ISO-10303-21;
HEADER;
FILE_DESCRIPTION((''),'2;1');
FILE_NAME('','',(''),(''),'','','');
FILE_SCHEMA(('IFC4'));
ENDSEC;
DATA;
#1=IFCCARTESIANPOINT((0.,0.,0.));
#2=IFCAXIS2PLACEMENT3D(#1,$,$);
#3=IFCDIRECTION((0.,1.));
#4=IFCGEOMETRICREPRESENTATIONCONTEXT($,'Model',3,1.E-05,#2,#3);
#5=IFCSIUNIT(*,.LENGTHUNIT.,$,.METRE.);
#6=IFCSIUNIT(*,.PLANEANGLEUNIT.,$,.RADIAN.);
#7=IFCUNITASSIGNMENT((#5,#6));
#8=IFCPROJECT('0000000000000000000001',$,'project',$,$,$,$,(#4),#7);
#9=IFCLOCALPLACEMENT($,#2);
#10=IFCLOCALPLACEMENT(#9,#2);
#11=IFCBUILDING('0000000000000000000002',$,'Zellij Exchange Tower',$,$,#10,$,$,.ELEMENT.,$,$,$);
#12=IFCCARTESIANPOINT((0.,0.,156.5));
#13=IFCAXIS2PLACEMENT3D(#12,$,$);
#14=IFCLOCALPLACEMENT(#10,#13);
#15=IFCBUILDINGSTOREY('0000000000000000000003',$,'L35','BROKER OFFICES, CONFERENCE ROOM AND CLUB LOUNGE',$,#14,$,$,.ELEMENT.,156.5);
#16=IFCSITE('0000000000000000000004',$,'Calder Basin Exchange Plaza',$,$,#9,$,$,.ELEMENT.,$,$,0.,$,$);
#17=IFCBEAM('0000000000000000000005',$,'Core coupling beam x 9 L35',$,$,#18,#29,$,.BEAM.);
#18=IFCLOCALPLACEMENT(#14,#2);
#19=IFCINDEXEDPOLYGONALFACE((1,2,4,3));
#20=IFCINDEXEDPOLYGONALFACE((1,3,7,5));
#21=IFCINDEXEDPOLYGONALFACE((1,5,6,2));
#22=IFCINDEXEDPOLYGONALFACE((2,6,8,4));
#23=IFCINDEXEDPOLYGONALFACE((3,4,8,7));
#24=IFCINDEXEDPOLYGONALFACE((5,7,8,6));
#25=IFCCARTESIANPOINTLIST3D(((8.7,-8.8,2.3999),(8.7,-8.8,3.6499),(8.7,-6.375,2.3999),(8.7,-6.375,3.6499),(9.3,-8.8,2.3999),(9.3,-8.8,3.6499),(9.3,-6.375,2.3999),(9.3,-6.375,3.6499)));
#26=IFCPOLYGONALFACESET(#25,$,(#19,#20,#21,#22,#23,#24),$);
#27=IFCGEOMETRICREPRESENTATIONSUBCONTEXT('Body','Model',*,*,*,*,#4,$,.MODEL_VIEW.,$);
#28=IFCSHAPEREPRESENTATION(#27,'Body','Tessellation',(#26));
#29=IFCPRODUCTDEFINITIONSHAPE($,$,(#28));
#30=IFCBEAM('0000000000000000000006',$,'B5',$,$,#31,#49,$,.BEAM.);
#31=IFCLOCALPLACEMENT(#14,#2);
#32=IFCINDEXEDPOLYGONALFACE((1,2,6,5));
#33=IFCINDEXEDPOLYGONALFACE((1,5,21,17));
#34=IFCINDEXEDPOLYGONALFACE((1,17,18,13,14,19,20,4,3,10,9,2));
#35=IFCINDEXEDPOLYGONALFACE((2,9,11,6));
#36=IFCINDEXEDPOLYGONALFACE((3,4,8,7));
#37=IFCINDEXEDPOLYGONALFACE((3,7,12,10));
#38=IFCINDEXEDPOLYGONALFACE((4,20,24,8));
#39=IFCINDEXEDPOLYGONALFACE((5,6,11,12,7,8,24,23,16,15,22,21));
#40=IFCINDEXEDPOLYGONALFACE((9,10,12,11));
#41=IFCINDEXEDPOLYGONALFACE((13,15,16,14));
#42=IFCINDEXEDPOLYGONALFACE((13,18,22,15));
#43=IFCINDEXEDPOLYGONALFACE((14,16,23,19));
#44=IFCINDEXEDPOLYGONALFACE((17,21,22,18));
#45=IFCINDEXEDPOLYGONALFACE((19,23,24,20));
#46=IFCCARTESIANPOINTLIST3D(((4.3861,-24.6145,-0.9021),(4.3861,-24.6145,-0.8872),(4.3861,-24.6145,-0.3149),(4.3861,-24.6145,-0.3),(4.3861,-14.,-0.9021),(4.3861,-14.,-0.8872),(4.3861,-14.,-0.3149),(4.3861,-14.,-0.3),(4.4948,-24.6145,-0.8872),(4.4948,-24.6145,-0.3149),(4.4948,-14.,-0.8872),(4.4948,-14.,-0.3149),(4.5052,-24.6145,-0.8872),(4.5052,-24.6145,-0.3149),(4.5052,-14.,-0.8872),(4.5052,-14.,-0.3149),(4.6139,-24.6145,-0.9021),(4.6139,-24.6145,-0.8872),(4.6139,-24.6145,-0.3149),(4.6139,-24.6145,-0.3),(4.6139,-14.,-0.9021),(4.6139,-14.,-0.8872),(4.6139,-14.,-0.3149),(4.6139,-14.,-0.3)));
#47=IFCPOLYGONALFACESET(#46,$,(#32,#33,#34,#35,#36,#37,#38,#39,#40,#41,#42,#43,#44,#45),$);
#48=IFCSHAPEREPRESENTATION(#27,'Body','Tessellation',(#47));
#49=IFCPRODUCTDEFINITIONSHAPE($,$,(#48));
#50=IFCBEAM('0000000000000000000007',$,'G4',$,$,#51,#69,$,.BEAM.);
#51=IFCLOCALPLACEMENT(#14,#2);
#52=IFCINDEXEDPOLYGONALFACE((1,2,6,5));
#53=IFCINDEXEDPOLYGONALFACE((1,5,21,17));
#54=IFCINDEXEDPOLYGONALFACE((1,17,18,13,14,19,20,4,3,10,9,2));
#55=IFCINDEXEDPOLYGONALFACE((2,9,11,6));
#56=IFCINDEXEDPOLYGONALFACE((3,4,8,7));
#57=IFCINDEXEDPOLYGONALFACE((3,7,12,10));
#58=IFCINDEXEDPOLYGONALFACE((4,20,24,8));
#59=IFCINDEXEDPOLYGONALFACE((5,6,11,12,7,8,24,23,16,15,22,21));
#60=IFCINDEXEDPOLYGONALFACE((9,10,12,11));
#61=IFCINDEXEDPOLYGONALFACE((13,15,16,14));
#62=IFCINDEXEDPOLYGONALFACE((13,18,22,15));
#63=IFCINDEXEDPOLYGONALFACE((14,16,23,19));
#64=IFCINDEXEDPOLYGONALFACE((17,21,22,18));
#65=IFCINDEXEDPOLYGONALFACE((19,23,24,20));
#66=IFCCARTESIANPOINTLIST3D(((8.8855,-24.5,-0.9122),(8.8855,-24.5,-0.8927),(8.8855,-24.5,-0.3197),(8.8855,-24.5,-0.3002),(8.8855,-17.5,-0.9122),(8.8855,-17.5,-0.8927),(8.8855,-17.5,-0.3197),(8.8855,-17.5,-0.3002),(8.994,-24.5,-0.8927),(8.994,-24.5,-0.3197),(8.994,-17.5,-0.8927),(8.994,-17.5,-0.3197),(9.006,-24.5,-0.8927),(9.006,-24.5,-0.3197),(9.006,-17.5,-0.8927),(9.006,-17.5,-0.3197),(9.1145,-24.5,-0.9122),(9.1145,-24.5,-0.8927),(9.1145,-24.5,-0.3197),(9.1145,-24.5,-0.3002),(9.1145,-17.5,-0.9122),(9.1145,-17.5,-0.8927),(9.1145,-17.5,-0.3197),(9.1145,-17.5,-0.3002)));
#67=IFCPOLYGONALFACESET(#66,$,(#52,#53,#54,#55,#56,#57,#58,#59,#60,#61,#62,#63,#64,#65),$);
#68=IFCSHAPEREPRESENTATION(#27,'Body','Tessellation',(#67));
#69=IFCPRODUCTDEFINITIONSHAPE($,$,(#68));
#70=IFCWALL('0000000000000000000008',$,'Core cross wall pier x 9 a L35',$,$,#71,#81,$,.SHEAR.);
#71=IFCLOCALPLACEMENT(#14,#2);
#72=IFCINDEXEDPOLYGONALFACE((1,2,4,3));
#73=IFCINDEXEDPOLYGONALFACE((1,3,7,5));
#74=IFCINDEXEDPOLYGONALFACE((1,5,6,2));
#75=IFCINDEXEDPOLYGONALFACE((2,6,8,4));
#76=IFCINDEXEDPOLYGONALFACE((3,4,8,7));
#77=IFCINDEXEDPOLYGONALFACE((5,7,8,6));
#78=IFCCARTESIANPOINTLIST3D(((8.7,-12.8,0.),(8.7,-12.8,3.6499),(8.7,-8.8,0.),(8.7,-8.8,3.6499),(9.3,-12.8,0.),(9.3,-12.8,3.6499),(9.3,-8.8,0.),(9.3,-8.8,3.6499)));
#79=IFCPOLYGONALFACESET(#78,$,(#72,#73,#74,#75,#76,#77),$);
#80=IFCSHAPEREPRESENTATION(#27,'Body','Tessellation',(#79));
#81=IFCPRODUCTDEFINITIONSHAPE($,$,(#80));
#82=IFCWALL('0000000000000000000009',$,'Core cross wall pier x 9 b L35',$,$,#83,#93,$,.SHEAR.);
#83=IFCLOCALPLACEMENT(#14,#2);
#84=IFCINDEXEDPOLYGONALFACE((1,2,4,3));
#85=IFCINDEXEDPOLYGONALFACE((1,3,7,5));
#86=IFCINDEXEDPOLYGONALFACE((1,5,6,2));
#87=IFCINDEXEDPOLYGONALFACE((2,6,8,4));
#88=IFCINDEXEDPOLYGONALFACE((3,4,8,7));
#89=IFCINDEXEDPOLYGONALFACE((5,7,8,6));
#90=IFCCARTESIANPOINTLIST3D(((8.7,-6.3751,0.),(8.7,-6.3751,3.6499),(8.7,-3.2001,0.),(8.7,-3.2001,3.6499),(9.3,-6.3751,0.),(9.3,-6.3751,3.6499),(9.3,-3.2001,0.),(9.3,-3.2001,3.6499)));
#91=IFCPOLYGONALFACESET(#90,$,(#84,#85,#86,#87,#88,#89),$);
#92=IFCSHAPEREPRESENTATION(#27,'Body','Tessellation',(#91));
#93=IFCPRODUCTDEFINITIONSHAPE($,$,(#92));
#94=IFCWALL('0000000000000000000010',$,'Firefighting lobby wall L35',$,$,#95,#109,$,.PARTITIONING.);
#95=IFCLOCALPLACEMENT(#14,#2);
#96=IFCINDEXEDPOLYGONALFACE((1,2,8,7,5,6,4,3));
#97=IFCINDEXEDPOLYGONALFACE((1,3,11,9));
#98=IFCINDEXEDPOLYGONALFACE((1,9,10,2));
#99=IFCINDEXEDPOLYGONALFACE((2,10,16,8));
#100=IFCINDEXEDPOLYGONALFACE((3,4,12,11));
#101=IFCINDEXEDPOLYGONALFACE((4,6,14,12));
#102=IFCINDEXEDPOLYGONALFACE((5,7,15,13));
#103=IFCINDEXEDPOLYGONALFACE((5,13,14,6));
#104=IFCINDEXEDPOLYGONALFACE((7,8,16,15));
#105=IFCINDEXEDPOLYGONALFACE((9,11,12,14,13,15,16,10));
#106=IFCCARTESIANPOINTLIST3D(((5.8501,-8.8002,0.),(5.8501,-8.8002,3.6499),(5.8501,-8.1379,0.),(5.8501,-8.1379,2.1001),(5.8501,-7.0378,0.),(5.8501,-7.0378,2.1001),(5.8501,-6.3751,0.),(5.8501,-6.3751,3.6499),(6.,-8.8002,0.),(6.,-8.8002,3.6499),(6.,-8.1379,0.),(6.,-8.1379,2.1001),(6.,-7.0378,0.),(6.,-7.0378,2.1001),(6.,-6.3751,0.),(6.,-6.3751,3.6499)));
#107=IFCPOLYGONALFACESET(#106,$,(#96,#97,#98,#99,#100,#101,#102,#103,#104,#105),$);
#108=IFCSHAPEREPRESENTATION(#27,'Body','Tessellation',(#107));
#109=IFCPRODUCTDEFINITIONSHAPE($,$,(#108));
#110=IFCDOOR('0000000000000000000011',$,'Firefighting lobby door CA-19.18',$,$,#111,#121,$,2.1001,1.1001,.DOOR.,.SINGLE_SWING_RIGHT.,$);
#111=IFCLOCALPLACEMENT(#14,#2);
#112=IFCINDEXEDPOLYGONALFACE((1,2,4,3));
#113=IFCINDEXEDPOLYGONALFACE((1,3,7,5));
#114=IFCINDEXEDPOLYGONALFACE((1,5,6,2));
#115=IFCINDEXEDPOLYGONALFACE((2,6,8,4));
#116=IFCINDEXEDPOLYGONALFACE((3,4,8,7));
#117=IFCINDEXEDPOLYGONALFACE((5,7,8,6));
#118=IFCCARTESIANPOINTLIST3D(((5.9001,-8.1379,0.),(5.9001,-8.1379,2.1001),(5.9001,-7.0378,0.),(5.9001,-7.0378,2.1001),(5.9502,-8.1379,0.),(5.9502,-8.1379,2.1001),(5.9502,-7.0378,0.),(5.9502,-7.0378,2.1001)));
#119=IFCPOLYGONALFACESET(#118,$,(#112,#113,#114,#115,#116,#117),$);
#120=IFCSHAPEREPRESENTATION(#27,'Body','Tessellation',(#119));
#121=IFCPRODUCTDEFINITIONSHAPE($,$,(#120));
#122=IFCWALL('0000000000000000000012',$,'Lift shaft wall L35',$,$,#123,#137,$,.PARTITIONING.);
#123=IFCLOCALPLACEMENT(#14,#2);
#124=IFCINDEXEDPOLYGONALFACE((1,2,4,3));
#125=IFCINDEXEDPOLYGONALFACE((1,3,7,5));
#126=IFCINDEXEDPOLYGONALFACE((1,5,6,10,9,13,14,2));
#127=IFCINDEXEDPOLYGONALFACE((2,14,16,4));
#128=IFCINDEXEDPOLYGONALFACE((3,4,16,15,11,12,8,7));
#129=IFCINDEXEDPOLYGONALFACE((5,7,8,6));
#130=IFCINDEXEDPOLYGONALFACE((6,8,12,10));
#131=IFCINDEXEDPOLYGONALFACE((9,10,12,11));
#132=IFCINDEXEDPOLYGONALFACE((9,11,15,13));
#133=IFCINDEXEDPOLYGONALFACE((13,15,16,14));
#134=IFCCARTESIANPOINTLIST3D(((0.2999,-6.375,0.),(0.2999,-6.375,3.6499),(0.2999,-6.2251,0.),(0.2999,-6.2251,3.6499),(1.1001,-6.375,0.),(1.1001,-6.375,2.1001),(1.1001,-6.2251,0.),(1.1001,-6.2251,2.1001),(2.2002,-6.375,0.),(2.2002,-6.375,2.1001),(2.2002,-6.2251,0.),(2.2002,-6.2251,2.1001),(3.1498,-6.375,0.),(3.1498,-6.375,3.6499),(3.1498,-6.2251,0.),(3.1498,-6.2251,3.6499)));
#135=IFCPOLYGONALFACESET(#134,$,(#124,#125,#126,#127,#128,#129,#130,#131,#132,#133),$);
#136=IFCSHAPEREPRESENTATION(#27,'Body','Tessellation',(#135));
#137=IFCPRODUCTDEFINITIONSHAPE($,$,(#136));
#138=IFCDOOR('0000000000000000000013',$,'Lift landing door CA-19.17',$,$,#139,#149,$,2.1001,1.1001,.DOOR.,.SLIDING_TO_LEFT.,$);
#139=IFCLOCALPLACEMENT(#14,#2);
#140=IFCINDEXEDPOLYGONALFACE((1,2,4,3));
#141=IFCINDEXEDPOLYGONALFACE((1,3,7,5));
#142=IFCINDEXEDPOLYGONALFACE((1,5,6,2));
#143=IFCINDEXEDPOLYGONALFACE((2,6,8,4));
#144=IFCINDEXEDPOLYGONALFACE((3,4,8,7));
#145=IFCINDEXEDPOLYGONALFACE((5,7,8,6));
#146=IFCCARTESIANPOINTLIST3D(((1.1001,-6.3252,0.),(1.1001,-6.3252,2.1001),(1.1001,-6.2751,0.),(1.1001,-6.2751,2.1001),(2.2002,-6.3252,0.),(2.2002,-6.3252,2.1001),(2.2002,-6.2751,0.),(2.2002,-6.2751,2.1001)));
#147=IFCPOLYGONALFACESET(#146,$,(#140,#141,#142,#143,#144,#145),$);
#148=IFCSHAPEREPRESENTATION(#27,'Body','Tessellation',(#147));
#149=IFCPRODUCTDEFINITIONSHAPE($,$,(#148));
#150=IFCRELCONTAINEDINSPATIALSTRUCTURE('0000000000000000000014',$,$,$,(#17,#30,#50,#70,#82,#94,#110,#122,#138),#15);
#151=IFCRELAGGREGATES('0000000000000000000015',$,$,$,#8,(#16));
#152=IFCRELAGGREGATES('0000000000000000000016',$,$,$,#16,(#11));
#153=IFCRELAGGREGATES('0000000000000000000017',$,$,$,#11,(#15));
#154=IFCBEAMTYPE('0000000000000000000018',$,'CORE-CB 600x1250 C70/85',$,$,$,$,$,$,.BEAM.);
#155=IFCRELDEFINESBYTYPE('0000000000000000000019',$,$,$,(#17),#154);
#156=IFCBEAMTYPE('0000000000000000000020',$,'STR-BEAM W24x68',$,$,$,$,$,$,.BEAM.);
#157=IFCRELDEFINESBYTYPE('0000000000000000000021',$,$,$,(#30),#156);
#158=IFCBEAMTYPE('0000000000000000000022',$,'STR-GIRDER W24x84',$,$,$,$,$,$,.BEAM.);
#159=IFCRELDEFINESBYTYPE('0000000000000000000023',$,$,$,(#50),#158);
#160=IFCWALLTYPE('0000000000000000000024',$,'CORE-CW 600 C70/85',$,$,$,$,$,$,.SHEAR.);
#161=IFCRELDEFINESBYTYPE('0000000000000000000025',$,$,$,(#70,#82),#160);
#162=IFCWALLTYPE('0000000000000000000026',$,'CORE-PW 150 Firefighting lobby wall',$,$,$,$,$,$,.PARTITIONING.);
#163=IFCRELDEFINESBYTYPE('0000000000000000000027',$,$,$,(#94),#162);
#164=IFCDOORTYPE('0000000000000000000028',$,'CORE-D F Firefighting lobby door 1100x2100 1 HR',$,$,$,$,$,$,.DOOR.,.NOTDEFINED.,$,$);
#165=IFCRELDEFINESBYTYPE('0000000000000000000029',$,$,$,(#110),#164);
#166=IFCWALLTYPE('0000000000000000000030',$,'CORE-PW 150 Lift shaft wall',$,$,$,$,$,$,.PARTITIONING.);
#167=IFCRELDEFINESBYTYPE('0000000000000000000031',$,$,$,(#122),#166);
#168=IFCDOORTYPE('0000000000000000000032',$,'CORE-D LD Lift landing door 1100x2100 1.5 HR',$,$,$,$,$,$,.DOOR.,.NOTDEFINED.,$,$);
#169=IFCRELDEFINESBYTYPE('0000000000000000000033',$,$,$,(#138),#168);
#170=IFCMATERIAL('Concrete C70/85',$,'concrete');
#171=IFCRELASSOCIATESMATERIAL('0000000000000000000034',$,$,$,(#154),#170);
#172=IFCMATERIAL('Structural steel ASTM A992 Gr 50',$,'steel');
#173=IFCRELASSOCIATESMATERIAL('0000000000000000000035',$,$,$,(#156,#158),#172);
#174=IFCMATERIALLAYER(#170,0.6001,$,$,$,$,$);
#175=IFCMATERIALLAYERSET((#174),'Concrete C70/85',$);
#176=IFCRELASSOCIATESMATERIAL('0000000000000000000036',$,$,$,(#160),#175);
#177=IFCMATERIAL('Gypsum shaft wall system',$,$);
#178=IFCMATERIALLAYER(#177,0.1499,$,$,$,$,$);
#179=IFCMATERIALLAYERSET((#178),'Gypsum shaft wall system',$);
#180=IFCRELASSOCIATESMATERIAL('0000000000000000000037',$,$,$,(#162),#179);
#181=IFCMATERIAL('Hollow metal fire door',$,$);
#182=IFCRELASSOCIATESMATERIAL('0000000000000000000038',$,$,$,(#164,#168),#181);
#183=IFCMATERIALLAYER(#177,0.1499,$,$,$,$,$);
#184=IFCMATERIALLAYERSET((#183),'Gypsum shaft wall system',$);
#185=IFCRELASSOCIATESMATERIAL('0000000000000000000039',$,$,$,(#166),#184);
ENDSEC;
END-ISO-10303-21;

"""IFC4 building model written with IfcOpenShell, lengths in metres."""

from ifc_helpers import new_model, si_unit, direction, frame, frame_2d, origin, origin_2d, place, context, subcontext, project, spatial, rectangle, i_section, extrude, material, layer, layer_set, material_profile, profile_set, type_object, element, fill, save


model = new_model("IFC4")

# Units and contexts
model_context = context("Model", 3, precision=1e-05, world=origin(), true_north=direction((0.0, 1.0)))
body_context = subcontext(model_context, "Body", "Model", "MODEL_VIEW")
ifc_project = project(units=[si_unit("LENGTHUNIT", "METRE"), si_unit("PLANEANGLEUNIT", "RADIAN")], contexts=[model_context])

# Site, building, storey
site_placement = place(None, origin())
site = spatial("IfcSite", under=ifc_project, at=site_placement, Name="Calder Basin Exchange Plaza", CompositionType="ELEMENT", RefElevation=0.0)
building_placement = place(site_placement, origin())
building = spatial("IfcBuilding", under=site, at=building_placement, Name="Zellij Exchange Tower", CompositionType="ELEMENT")
storey_placement = place(building_placement, frame((0.0, 0.0, 156.5)))
storey = spatial("IfcBuildingStorey", under=building, at=storey_placement, Name="L35", Description="BROKER OFFICES, CONFERENCE ROOM AND CLUB LOUNGE", CompositionType="ELEMENT", Elevation=156.5)

# Beams
ifc_material_1 = material(Name="Concrete C70/85", Category="concrete")
ifc_material_profile_1 = material_profile(ifc_material_1, rectangle(XDim=0.6001, YDim=1.25, at=origin_2d()), Name="CORE-CB 600x1250 C70/85")
ifc_profile_set_1 = profile_set([ifc_material_profile_1], Name="Concrete C70/85")
beam_type_1 = type_object("IfcBeamType", Name="CORE-CB 600x1250 C70/85", PredefinedType="BEAM", material=ifc_profile_set_1)
beam_1_placement = place(storey_placement, frame((9.0, -8.8, 3.0249), z_axis=(0.0, 1.0, 0.0), x_axis=(-1.0, 0.0, 0.0)))
element("IfcBeam", 1, at=beam_1_placement, inside=storey, type_object=beam_type_1, Name="Core coupling beam x 9 L35", PredefinedType="BEAM", context=body_context, shape_type="SweptSolid", body=[
    extrude(rectangle(XDim=0.6001, YDim=1.25, at=origin_2d()), origin(), (0.0, 0.0, 1.0), 2.425),
])
ifc_material_2 = material(Name="Structural steel ASTM A992 Gr 50", Category="steel")
ifc_material_profile_2 = material_profile(ifc_material_2, i_section(OverallWidth=0.2278, OverallDepth=0.6021, WebThickness=0.0105, FlangeThickness=0.0149, at=origin_2d()), Name="W24x68")
ifc_profile_set_2 = profile_set([ifc_material_profile_2], Name="Structural steel ASTM A992 Gr 50")
beam_type_2 = type_object("IfcBeamType", Name="STR-BEAM W24x68", PredefinedType="BEAM", material=ifc_profile_set_2)
beam_2_placement = place(storey_placement, frame((4.5, -24.6145, -0.6011), z_axis=(0.0, 1.0, 0.0), x_axis=(-1.0, 0.0, 0.0)))
element("IfcBeam", 2, at=beam_2_placement, inside=storey, type_object=beam_type_2, Name="B5", PredefinedType="BEAM", context=body_context, shape_type="SweptSolid", body=[
    extrude(i_section(OverallWidth=0.2278, OverallDepth=0.6021, WebThickness=0.0105, FlangeThickness=0.0149, at=origin_2d()), origin(), (0.0, 0.0, 1.0), 10.6145),
])
ifc_material_profile_3 = material_profile(ifc_material_2, i_section(OverallWidth=0.229, OverallDepth=0.6121, WebThickness=0.012, FlangeThickness=0.0195, at=origin_2d()), Name="W24x84")
ifc_profile_set_3 = profile_set([ifc_material_profile_3], Name="Structural steel ASTM A992 Gr 50")
beam_type_3 = type_object("IfcBeamType", Name="STR-GIRDER W24x84", PredefinedType="BEAM", material=ifc_profile_set_3)
beam_3_placement = place(storey_placement, frame((9.0, -24.5, -0.6062), z_axis=(0.0, 1.0, 0.0), x_axis=(-1.0, 0.0, 0.0)))
element("IfcBeam", 3, at=beam_3_placement, inside=storey, type_object=beam_type_3, Name="G4", PredefinedType="BEAM", context=body_context, shape_type="SweptSolid", body=[
    extrude(i_section(OverallWidth=0.229, OverallDepth=0.6121, WebThickness=0.012, FlangeThickness=0.0195, at=origin_2d()), origin(), (0.0, 0.0, 1.0), 7.0),
])

# Walls
ifc_layer_1 = layer(ifc_material_1, 0.6001)
ifc_layer_set_1 = layer_set([ifc_layer_1], Name="Concrete C70/85")
wall_type_1 = type_object("IfcWallType", Name="CORE-CW 600 C70/85", PredefinedType="SHEAR", material=ifc_layer_set_1)
wall_1_placement = place(storey_placement, frame((9.0, -12.8, 0.0), z_axis=(0.0, 0.0, 1.0), x_axis=(0.0, 1.0, 0.0)))
element("IfcWall", 4, at=wall_1_placement, inside=storey, type_object=wall_type_1, Name="Core cross wall pier x 9 a L35", PredefinedType="SHEAR", context=body_context, shape_type="SweptSolid", body=[
    extrude(rectangle(XDim=4.0, YDim=0.6001, at=frame_2d((2.0, 0.0))), origin(), (0.0, 0.0, 1.0), 3.6499),
])
wall_2_placement = place(storey_placement, frame((9.0, -6.375, 0.0), z_axis=(0.0, 0.0, 1.0), x_axis=(0.0, 1.0, 0.0)))
element("IfcWall", 5, at=wall_2_placement, inside=storey, type_object=wall_type_1, Name="Core cross wall pier x 9 b L35", PredefinedType="SHEAR", context=body_context, shape_type="SweptSolid", body=[
    extrude(rectangle(XDim=3.175, YDim=0.6001, at=frame_2d((1.5874, 0.0))), origin(), (0.0, 0.0, 1.0), 3.6499),
])

# Walls, openings, doors
ifc_material_3 = material(Name="Gypsum shaft wall system")
ifc_layer_2 = layer(ifc_material_3, 0.1499)
ifc_layer_set_2 = layer_set([ifc_layer_2], Name="Gypsum shaft wall system")
wall_type_2 = type_object("IfcWallType", Name="CORE-PW 150 Firefighting lobby wall", PredefinedType="PARTITIONING", material=ifc_layer_set_2)
wall_3_placement = place(storey_placement, frame((5.925, -8.8, 0.0), z_axis=(0.0, 0.0, 1.0), x_axis=(0.0, 1.0, 0.0)))
wall_3 = element("IfcWall", 6, at=wall_3_placement, inside=storey, type_object=wall_type_2, Name="Firefighting lobby wall L35", PredefinedType="PARTITIONING", context=body_context, shape_type="SweptSolid", body=[
    extrude(rectangle(XDim=2.425, YDim=0.1499, at=frame_2d((1.2124, 0.0))), origin(), (0.0, 0.0, 1.0), 3.6499),
])
opening_1_placement = place(wall_3_placement, frame((0.6621, 0.0, 0.0)))
opening_1 = element("IfcOpeningElement", 7, at=opening_1_placement, cuts=wall_3, PredefinedType="OPENING", context=body_context, shape_type="SweptSolid", body=[
    extrude(rectangle(XDim=1.1001, YDim=2.1001, at=frame_2d((0.55, 1.05))), frame((0.0, 0.0869, 0.0), z_axis=(0.0, -1.0, 0.0), x_axis=(1.0, 0.0, 0.0)), (0.0, 0.0, 1.0), 0.1738),
])
ifc_material_4 = material(Name="Hollow metal fire door")
door_type_1 = type_object("IfcDoorType", Name="CORE-D F Firefighting lobby door 1100x2100 1 HR", OperationType="NOTDEFINED", PredefinedType="DOOR", material=ifc_material_4)
door_1_placement = place(opening_1_placement, origin())
door_1 = element("IfcDoor", 8, at=door_1_placement, inside=storey, type_object=door_type_1, Name="Firefighting lobby door CA-19.18", OperationType="SINGLE_SWING_RIGHT", OverallHeight=2.1001, OverallWidth=1.1001, PredefinedType="DOOR", context=body_context, shape_type="SweptSolid", body=[
    extrude(rectangle(XDim=1.1001, YDim=2.1001, at=frame_2d((0.55, 1.05))), frame((0.0, 0.0249, 0.0), z_axis=(0.0, -1.0, 0.0), x_axis=(1.0, 0.0, 0.0)), (0.0, 0.0, 1.0), 0.05),
])
fill(opening_1, door_1)
ifc_layer_3 = layer(ifc_material_3, 0.1499)
ifc_layer_set_3 = layer_set([ifc_layer_3], Name="Gypsum shaft wall system")
wall_type_3 = type_object("IfcWallType", Name="CORE-PW 150 Lift shaft wall", PredefinedType="PARTITIONING", material=ifc_layer_set_3)
wall_4_placement = place(storey_placement, frame((0.3, -6.3, 0.0), z_axis=(0.0, 0.0, 1.0), x_axis=(1.0, 0.0, 0.0)))
wall_4 = element("IfcWall", 9, at=wall_4_placement, inside=storey, type_object=wall_type_3, Name="Lift shaft wall L35", PredefinedType="PARTITIONING", context=body_context, shape_type="SweptSolid", body=[
    extrude(rectangle(XDim=2.8499, YDim=0.1499, at=frame_2d((1.4248, 0.0))), origin(), (0.0, 0.0, 1.0), 3.6499),
])
opening_2_placement = place(wall_4_placement, frame((0.8, 0.0, 0.0)))
opening_2 = element("IfcOpeningElement", 10, at=opening_2_placement, cuts=wall_4, PredefinedType="OPENING", context=body_context, shape_type="SweptSolid", body=[
    extrude(rectangle(XDim=1.1001, YDim=2.1001, at=frame_2d((0.55, 1.05))), frame((0.0, 0.0869, 0.0), z_axis=(0.0, -1.0, 0.0), x_axis=(1.0, 0.0, 0.0)), (0.0, 0.0, 1.0), 0.1738),
])
door_type_2 = type_object("IfcDoorType", Name="CORE-D LD Lift landing door 1100x2100 1.5 HR", OperationType="NOTDEFINED", PredefinedType="DOOR", material=ifc_material_4)
door_2_placement = place(opening_2_placement, origin())
door_2 = element("IfcDoor", 11, at=door_2_placement, inside=storey, type_object=door_type_2, Name="Lift landing door CA-19.17", OperationType="SLIDING_TO_LEFT", OverallHeight=2.1001, OverallWidth=1.1001, PredefinedType="DOOR", context=body_context, shape_type="SweptSolid", body=[
    extrude(rectangle(XDim=1.1001, YDim=2.1001, at=frame_2d((0.55, 1.05))), frame((0.0, 0.0249, 0.0), z_axis=(0.0, -1.0, 0.0), x_axis=(1.0, 0.0, 0.0)), (0.0, 0.0, 1.0), 0.05),
])
fill(opening_2, door_2)

save(model, "model.ifc")
